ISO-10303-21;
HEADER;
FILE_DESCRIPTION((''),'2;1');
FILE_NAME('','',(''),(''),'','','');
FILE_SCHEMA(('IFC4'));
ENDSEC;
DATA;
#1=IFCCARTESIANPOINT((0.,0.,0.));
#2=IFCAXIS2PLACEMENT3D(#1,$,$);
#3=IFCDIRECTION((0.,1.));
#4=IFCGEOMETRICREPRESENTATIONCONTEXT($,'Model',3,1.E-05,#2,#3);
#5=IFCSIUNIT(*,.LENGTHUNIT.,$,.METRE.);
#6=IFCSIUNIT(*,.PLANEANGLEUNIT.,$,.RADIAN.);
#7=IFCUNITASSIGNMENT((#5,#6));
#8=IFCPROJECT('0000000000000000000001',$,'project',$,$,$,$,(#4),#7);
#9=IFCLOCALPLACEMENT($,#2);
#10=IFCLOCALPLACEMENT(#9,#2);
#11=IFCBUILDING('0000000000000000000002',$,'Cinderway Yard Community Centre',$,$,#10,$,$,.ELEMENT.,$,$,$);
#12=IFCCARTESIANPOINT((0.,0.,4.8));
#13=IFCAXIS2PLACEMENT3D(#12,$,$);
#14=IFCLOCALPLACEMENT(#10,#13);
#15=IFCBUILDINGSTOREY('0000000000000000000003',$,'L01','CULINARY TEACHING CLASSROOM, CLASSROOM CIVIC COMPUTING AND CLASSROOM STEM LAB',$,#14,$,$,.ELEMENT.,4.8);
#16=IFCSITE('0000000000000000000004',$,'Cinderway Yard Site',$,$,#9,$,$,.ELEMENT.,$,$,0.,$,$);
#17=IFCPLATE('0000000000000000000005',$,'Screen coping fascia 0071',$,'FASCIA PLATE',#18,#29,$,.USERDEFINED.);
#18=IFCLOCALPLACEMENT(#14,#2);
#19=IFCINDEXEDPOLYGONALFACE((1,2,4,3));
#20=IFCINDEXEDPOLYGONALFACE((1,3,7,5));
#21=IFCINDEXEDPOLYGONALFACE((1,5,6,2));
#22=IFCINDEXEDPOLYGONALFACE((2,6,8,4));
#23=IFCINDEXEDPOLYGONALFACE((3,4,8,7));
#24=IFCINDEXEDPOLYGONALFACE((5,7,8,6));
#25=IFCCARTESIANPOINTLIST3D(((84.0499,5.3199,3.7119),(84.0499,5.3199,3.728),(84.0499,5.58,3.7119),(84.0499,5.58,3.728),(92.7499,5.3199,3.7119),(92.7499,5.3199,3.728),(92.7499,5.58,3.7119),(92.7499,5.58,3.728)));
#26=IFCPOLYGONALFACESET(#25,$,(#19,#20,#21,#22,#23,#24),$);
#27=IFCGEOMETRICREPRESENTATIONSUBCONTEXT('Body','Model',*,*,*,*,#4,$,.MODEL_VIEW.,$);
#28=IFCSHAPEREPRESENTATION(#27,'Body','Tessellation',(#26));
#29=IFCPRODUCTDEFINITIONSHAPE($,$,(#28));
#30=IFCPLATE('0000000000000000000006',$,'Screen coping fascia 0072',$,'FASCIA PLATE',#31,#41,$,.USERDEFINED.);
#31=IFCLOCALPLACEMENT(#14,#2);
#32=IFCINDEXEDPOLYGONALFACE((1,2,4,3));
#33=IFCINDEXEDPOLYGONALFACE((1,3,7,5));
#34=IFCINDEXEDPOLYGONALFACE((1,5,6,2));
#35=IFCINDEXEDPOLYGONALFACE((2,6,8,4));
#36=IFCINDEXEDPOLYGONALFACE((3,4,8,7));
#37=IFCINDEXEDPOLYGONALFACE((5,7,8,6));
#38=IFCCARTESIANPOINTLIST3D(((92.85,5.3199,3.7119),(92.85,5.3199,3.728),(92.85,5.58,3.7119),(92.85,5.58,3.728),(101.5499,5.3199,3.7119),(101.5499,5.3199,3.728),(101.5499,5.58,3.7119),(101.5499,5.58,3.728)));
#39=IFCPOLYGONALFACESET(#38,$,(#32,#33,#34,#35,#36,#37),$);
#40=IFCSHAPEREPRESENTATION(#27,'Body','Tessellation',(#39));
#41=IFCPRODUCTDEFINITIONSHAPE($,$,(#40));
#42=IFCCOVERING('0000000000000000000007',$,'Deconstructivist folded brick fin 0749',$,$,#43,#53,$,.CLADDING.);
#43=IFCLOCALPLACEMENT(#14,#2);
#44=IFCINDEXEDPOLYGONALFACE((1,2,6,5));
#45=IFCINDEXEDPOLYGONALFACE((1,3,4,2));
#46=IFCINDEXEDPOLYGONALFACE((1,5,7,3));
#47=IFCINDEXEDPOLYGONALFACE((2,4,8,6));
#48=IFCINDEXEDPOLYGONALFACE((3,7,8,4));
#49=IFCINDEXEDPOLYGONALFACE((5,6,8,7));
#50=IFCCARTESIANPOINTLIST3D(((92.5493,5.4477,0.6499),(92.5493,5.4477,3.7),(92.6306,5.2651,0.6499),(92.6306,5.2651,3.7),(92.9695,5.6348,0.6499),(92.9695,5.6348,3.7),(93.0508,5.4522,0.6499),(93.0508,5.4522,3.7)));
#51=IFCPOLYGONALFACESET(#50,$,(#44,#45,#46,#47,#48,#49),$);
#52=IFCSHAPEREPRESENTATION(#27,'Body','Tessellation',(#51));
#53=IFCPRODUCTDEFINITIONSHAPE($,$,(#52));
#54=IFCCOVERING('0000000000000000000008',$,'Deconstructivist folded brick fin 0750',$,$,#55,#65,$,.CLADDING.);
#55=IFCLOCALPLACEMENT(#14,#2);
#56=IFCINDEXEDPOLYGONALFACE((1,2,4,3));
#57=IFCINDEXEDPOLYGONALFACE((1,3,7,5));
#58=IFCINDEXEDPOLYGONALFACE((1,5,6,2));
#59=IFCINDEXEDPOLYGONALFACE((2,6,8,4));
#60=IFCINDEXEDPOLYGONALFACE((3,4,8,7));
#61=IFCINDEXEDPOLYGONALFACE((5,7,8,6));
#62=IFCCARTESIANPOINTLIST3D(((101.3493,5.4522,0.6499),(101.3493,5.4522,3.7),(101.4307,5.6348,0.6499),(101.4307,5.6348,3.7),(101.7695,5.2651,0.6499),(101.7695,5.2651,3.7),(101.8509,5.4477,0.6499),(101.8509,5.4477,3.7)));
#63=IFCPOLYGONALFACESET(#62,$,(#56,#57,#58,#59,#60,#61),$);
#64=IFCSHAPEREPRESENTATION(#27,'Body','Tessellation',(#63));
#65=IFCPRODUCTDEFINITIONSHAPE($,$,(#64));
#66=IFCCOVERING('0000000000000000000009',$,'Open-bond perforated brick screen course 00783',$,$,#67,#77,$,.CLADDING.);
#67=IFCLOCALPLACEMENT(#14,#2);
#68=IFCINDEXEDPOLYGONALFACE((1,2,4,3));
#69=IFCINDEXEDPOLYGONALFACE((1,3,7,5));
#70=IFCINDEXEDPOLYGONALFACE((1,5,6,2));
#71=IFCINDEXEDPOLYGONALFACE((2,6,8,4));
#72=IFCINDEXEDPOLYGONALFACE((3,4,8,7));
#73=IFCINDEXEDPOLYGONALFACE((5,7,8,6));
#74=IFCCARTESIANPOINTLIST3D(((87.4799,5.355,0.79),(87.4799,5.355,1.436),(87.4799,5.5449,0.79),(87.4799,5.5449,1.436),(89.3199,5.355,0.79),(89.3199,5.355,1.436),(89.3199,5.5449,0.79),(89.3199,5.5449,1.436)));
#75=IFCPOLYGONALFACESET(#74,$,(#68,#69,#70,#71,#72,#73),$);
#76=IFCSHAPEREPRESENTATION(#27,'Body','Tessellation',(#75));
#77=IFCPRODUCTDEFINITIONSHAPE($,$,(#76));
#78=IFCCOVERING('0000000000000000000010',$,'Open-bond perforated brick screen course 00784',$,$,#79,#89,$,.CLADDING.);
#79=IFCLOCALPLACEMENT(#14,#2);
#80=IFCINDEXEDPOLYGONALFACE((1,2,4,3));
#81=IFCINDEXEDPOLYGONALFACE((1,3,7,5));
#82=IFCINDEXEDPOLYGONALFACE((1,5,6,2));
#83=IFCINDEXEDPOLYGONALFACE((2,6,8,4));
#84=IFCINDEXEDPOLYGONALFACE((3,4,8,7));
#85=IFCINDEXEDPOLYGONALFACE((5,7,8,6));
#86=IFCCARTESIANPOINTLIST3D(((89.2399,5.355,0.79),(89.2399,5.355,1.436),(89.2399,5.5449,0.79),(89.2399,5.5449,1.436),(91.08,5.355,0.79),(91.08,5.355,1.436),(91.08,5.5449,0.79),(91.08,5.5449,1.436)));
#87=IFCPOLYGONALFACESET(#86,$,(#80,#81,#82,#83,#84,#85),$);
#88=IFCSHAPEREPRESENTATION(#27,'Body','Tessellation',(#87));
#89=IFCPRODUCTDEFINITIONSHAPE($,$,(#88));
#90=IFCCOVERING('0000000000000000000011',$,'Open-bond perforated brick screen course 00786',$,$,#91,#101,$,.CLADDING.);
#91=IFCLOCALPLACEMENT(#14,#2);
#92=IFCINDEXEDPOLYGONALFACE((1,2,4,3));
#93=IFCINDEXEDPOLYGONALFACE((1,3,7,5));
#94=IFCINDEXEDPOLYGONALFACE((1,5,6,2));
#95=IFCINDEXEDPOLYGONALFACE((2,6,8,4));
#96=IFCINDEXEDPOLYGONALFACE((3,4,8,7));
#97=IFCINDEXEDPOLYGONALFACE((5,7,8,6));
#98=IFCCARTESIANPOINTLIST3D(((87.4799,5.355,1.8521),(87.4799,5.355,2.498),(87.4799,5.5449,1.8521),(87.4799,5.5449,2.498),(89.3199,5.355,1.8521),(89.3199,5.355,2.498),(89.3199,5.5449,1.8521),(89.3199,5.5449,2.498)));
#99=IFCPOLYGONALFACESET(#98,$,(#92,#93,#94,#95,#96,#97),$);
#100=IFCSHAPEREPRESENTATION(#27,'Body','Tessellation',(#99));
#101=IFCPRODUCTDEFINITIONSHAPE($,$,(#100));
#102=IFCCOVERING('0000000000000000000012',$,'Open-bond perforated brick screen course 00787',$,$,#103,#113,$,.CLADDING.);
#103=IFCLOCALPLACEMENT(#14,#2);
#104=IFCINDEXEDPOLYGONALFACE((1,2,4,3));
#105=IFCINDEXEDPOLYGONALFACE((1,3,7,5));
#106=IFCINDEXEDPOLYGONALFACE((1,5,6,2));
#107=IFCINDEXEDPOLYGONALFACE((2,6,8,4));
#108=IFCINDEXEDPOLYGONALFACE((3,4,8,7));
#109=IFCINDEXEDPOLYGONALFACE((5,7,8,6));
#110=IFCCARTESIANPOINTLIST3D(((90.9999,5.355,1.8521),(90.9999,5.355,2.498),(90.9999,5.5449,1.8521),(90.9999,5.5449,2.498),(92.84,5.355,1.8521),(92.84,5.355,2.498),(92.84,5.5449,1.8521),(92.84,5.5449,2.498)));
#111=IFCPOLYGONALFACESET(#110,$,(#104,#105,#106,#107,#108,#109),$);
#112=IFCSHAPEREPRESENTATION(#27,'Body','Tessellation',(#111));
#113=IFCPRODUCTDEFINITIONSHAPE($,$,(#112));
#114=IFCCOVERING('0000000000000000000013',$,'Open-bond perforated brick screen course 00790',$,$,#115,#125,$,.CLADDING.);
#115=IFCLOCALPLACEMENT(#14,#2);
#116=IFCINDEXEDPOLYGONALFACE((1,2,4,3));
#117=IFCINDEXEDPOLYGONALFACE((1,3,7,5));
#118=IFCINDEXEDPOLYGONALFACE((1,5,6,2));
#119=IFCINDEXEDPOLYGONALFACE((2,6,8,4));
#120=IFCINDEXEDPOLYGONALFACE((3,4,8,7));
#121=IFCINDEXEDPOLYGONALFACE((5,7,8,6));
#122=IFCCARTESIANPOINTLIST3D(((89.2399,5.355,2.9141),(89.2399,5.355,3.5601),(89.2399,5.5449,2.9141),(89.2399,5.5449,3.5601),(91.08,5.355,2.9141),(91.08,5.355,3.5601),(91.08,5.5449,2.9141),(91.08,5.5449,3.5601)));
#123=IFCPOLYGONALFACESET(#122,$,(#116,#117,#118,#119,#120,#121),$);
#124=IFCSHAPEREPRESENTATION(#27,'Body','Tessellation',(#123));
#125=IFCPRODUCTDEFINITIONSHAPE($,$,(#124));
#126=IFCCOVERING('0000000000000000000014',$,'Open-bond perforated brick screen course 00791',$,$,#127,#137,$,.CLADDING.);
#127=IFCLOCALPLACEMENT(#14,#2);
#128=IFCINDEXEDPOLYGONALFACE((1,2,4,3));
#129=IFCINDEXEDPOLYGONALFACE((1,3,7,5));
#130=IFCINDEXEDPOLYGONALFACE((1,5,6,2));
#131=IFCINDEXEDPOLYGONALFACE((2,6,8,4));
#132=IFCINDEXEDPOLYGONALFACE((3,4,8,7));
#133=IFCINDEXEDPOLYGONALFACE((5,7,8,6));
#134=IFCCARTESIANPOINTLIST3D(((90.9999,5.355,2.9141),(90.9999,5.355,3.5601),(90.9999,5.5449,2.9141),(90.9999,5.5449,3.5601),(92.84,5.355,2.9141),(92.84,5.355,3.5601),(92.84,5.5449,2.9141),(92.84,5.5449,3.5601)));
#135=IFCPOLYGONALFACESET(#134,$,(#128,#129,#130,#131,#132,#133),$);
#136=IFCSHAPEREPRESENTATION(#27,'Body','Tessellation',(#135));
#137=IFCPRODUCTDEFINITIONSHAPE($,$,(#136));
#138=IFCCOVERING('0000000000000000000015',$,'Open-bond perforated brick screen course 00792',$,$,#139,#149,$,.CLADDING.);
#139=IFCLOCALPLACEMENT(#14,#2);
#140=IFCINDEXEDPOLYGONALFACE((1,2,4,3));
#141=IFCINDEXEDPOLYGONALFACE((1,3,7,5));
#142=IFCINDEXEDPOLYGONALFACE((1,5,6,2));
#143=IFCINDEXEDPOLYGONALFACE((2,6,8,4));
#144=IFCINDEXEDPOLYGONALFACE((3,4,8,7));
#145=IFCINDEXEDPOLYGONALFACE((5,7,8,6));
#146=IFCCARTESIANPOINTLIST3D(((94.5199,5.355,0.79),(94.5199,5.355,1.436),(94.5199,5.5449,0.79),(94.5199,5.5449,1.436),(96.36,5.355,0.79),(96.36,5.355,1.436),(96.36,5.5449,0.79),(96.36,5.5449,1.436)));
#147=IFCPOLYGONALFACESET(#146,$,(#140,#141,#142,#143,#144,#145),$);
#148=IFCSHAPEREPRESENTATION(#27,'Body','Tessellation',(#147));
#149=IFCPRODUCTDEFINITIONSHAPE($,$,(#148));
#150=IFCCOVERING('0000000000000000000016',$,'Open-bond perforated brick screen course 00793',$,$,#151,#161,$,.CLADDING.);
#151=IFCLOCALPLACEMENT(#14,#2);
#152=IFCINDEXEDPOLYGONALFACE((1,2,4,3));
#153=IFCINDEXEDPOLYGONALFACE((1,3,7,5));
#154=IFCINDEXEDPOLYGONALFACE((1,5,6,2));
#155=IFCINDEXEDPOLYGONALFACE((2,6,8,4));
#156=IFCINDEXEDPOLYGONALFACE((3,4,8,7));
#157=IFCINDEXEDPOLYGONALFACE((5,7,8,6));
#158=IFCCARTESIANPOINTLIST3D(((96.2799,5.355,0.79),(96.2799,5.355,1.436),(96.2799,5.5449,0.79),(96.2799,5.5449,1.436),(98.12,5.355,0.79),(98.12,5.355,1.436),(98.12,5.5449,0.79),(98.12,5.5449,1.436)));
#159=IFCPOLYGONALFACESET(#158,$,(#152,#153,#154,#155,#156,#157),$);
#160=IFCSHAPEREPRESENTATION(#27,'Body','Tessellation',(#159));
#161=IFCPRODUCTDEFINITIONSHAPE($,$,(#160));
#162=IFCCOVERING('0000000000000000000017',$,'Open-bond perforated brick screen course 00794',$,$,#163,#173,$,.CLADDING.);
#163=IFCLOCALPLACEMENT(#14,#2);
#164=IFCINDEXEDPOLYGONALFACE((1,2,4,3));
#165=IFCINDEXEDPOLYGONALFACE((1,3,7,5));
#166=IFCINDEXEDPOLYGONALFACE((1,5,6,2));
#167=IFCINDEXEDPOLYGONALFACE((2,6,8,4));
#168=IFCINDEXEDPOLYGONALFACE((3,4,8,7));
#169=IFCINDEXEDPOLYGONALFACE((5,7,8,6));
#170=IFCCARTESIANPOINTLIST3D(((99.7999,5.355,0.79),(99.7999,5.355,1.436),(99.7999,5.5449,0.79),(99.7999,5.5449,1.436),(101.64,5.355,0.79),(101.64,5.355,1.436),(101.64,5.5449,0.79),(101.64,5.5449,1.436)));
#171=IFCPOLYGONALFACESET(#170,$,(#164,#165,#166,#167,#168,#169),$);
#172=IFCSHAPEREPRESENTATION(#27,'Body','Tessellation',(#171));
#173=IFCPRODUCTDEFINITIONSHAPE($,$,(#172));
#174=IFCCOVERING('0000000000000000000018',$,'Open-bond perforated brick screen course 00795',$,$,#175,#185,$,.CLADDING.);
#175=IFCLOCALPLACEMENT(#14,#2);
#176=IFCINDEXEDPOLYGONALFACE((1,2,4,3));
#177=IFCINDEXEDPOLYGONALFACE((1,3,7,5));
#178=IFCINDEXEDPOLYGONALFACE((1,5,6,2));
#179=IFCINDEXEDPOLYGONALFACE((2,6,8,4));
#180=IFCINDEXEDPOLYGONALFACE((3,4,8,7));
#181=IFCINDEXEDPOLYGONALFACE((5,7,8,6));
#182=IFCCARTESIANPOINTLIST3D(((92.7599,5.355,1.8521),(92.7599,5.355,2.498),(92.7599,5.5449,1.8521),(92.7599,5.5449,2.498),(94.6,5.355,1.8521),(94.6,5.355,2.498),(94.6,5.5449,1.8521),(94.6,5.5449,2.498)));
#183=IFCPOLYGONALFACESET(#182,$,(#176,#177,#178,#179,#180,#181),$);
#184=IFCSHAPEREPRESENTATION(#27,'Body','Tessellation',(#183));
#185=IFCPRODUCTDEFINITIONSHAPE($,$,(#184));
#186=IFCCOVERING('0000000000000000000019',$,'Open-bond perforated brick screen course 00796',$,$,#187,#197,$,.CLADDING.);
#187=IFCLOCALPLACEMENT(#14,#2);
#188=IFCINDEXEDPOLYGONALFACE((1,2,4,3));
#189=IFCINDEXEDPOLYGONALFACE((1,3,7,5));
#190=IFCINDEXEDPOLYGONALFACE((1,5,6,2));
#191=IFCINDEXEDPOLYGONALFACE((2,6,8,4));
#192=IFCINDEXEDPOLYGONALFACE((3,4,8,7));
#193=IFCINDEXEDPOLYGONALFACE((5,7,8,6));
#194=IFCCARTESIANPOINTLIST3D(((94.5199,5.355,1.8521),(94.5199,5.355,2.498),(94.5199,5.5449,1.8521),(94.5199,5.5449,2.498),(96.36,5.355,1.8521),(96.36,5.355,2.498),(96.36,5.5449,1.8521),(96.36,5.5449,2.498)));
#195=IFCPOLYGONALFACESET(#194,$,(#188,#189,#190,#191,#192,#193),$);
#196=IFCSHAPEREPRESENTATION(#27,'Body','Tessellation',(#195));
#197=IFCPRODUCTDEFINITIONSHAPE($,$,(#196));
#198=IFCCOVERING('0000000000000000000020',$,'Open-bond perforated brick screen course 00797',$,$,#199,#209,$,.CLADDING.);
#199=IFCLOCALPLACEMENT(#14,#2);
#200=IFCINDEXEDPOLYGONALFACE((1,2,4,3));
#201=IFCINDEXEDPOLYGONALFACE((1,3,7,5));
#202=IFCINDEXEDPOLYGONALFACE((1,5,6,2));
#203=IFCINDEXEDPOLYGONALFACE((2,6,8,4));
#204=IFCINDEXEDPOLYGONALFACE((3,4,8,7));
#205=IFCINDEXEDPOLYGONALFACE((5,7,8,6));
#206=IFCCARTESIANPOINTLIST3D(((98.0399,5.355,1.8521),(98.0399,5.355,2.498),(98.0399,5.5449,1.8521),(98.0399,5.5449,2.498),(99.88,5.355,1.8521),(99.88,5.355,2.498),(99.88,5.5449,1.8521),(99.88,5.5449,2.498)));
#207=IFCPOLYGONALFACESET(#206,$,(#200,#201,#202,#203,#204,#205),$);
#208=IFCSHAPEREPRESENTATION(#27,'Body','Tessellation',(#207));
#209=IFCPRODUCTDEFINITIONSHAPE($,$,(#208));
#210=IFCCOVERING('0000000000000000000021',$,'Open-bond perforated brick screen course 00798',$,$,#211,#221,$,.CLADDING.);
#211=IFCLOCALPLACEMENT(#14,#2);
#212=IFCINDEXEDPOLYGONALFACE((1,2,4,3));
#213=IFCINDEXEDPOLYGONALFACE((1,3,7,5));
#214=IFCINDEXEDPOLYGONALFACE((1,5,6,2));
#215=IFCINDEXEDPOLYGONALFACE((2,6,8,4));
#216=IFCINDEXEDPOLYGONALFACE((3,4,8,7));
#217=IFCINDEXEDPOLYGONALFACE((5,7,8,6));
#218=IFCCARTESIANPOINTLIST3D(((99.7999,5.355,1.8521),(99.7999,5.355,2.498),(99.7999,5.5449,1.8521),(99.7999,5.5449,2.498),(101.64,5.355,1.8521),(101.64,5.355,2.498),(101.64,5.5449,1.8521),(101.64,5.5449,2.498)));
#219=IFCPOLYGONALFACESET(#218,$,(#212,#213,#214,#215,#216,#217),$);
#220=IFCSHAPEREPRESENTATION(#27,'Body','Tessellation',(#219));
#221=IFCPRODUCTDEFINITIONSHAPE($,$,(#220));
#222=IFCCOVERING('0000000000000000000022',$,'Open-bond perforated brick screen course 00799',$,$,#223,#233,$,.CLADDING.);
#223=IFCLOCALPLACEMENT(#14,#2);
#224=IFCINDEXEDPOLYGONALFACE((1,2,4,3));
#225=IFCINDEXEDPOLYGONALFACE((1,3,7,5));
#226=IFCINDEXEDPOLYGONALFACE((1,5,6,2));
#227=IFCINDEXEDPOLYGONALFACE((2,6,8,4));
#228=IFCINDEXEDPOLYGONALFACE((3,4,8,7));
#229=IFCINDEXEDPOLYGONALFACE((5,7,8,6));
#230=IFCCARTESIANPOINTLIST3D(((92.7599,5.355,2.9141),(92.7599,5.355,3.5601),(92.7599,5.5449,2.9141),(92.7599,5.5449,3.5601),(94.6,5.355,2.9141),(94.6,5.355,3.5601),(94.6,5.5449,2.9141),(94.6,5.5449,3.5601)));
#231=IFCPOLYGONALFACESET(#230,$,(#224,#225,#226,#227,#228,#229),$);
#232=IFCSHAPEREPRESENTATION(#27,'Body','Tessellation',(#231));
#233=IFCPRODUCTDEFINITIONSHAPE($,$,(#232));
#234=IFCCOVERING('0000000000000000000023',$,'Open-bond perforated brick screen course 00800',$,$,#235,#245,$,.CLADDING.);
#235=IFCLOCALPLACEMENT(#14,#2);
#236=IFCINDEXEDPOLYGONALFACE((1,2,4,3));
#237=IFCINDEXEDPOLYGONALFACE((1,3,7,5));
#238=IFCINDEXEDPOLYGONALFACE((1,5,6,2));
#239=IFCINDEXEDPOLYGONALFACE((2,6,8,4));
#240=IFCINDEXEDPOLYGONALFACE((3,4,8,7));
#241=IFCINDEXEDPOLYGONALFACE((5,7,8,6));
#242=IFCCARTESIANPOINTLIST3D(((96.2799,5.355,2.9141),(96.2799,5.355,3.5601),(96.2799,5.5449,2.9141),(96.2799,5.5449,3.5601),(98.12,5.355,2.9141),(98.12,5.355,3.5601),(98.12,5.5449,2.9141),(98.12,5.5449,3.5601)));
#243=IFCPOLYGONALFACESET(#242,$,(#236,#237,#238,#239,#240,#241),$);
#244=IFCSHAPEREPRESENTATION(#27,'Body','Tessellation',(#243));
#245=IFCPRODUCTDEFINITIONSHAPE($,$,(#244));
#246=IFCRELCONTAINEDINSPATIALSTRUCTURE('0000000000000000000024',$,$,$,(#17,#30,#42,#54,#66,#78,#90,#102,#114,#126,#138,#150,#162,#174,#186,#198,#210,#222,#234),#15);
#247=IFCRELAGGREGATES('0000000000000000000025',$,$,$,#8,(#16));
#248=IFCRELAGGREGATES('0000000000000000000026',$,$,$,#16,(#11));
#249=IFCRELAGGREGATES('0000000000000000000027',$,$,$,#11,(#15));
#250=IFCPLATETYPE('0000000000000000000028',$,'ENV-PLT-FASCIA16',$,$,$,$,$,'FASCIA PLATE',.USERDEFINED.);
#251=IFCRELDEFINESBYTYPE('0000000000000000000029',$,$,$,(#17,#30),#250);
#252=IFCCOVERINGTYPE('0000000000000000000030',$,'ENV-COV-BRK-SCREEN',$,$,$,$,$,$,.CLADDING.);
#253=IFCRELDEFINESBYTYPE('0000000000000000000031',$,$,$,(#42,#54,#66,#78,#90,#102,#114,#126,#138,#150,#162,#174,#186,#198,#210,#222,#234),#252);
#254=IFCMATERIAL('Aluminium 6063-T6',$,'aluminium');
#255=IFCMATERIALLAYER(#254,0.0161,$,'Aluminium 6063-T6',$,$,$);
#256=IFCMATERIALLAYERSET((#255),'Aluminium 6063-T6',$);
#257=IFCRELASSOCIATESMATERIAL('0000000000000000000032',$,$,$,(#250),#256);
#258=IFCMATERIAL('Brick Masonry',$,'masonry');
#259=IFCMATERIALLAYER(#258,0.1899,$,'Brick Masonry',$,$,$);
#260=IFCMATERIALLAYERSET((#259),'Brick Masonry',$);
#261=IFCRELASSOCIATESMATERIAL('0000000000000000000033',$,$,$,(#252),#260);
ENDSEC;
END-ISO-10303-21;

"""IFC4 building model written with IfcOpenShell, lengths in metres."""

from ifc_helpers import new_model, si_unit, direction, frame, origin, origin_2d, place, context, subcontext, project, spatial, rectangle, extrude, material, layer, layer_set, type_object, element, save


model = new_model("IFC4")

# Units and contexts
model_context = context("Model", 3, precision=1e-05, world=origin(), true_north=direction((0.0, 1.0)))
body_context = subcontext(model_context, "Body", "Model", "MODEL_VIEW")
ifc_project = project(units=[si_unit("LENGTHUNIT", "METRE"), si_unit("PLANEANGLEUNIT", "RADIAN")], contexts=[model_context])

# Site, building, storey
site_placement = place(None, origin())
site = spatial("IfcSite", under=ifc_project, at=site_placement, Name="Cinderway Yard Site", CompositionType="ELEMENT", RefElevation=0.0)
building_placement = place(site_placement, origin())
building = spatial("IfcBuilding", under=site, at=building_placement, Name="Cinderway Yard Community Centre", CompositionType="ELEMENT")
storey_placement = place(building_placement, frame((0.0, 0.0, 4.8)))
storey = spatial("IfcBuildingStorey", under=building, at=storey_placement, Name="L01", Description="CULINARY TEACHING CLASSROOM, CLASSROOM CIVIC COMPUTING AND CLASSROOM STEM LAB", CompositionType="ELEMENT", Elevation=4.8)

# Plates
ifc_material_1 = material(Name="Aluminium 6063-T6", Category="aluminium")
ifc_layer_1 = layer(ifc_material_1, 0.0161, Name="Aluminium 6063-T6")
ifc_layer_set_1 = layer_set([ifc_layer_1], Name="Aluminium 6063-T6")
plate_type = type_object("IfcPlateType", Name="ENV-PLT-FASCIA16", ElementType="FASCIA PLATE", PredefinedType="USERDEFINED", material=ifc_layer_set_1)
for number, where, z_axis, x_axis, name in (
    (1, (88.3999, 5.45, 3.7119), (0.0, 0.0, 1.0), (-1.0, 0.0, 0.0), "Screen coping fascia 0071"),
    (2, (97.2, 5.45, 3.7119), (0.0, 0.0, 1.0), (-1.0, 0.0, 0.0), "Screen coping fascia 0072"),
):
    element("IfcPlate", number, at=place(storey_placement, frame(where, z_axis=z_axis, x_axis=x_axis)), inside=storey, type_object=plate_type, Name=name, ObjectType="FASCIA PLATE", PredefinedType="USERDEFINED", context=body_context, shape_type="SweptSolid", body=[
        extrude(rectangle(XDim=8.7, YDim=0.26, at=origin_2d()), origin(), (0.0, 0.0, 1.0), 0.0161),
    ])

# Coverings
ifc_material_2 = material(Name="Brick Masonry", Category="masonry")
ifc_layer_2 = layer(ifc_material_2, 0.1899, Name="Brick Masonry")
ifc_layer_set_2 = layer_set([ifc_layer_2], Name="Brick Masonry")
covering_type = type_object("IfcCoveringType", Name="ENV-COV-BRK-SCREEN", PredefinedType="CLADDING", material=ifc_layer_set_2)
for number, where, z_axis, x_axis, name in (
    (3, (92.8, 5.45, 0.6499), (0.0, 0.0, 1.0), (-0.913545, -0.406737, 0.0), "Deconstructivist folded brick fin 0749"),
    (4, (101.6001, 5.45, 0.6499), (0.0, 0.0, 1.0), (-0.913545, 0.406737, 0.0), "Deconstructivist folded brick fin 0750"),
):
    element("IfcCovering", number, at=place(storey_placement, frame(where, z_axis=z_axis, x_axis=x_axis)), inside=storey, type_object=covering_type, Name=name, PredefinedType="CLADDING", context=body_context, shape_type="SweptSolid", body=[
        extrude(rectangle(XDim=0.46, YDim=0.2, at=origin_2d()), origin(), (0.0, 0.0, 1.0), 3.05),
    ])
for number, where, z_axis, x_axis, name in (
    (5, (88.3999, 5.45, 0.79), (0.0, 0.0, 1.0), (-1.0, 0.0, 0.0), "Open-bond perforated brick screen course 00783"),
    (6, (90.1599, 5.45, 0.79), (0.0, 0.0, 1.0), (-1.0, 0.0, 0.0), "Open-bond perforated brick screen course 00784"),
    (7, (88.3999, 5.45, 1.8521), (0.0, 0.0, 1.0), (-1.0, 0.0, 0.0), "Open-bond perforated brick screen course 00786"),
    (8, (91.9199, 5.45, 1.8521), (0.0, 0.0, 1.0), (-1.0, 0.0, 0.0), "Open-bond perforated brick screen course 00787"),
    (9, (90.1599, 5.45, 2.9141), (0.0, 0.0, 1.0), (-1.0, 0.0, 0.0), "Open-bond perforated brick screen course 00790"),
    (10, (91.9199, 5.45, 2.9141), (0.0, 0.0, 1.0), (-1.0, 0.0, 0.0), "Open-bond perforated brick screen course 00791"),
    (11, (95.4399, 5.45, 0.79), (0.0, 0.0, 1.0), (-1.0, 0.0, 0.0), "Open-bond perforated brick screen course 00792"),
    (12, (97.2, 5.45, 0.79), (0.0, 0.0, 1.0), (-1.0, 0.0, 0.0), "Open-bond perforated brick screen course 00793"),
    (13, (100.72, 5.45, 0.79), (0.0, 0.0, 1.0), (-1.0, 0.0, 0.0), "Open-bond perforated brick screen course 00794"),
    (14, (93.6799, 5.45, 1.8521), (0.0, 0.0, 1.0), (-1.0, 0.0, 0.0), "Open-bond perforated brick screen course 00795"),
    (15, (95.4399, 5.45, 1.8521), (0.0, 0.0, 1.0), (-1.0, 0.0, 0.0), "Open-bond perforated brick screen course 00796"),
    (16, (98.96, 5.45, 1.8521), (0.0, 0.0, 1.0), (-1.0, 0.0, 0.0), "Open-bond perforated brick screen course 00797"),
    (17, (100.72, 5.45, 1.8521), (0.0, 0.0, 1.0), (-1.0, 0.0, 0.0), "Open-bond perforated brick screen course 00798"),
    (18, (93.6799, 5.45, 2.9141), (0.0, 0.0, 1.0), (-1.0, 0.0, 0.0), "Open-bond perforated brick screen course 00799"),
    (19, (97.2, 5.45, 2.9141), (0.0, 0.0, 1.0), (-1.0, 0.0, 0.0), "Open-bond perforated brick screen course 00800"),
):
    element("IfcCovering", number, at=place(storey_placement, frame(where, z_axis=z_axis, x_axis=x_axis)), inside=storey, type_object=covering_type, Name=name, PredefinedType="CLADDING", context=body_context, shape_type="SweptSolid", body=[
        extrude(rectangle(XDim=1.8401, YDim=0.1899, at=origin_2d()), origin(), (0.0, 0.0, 1.0), 0.646),
    ])

save(model, "model.ifc")
